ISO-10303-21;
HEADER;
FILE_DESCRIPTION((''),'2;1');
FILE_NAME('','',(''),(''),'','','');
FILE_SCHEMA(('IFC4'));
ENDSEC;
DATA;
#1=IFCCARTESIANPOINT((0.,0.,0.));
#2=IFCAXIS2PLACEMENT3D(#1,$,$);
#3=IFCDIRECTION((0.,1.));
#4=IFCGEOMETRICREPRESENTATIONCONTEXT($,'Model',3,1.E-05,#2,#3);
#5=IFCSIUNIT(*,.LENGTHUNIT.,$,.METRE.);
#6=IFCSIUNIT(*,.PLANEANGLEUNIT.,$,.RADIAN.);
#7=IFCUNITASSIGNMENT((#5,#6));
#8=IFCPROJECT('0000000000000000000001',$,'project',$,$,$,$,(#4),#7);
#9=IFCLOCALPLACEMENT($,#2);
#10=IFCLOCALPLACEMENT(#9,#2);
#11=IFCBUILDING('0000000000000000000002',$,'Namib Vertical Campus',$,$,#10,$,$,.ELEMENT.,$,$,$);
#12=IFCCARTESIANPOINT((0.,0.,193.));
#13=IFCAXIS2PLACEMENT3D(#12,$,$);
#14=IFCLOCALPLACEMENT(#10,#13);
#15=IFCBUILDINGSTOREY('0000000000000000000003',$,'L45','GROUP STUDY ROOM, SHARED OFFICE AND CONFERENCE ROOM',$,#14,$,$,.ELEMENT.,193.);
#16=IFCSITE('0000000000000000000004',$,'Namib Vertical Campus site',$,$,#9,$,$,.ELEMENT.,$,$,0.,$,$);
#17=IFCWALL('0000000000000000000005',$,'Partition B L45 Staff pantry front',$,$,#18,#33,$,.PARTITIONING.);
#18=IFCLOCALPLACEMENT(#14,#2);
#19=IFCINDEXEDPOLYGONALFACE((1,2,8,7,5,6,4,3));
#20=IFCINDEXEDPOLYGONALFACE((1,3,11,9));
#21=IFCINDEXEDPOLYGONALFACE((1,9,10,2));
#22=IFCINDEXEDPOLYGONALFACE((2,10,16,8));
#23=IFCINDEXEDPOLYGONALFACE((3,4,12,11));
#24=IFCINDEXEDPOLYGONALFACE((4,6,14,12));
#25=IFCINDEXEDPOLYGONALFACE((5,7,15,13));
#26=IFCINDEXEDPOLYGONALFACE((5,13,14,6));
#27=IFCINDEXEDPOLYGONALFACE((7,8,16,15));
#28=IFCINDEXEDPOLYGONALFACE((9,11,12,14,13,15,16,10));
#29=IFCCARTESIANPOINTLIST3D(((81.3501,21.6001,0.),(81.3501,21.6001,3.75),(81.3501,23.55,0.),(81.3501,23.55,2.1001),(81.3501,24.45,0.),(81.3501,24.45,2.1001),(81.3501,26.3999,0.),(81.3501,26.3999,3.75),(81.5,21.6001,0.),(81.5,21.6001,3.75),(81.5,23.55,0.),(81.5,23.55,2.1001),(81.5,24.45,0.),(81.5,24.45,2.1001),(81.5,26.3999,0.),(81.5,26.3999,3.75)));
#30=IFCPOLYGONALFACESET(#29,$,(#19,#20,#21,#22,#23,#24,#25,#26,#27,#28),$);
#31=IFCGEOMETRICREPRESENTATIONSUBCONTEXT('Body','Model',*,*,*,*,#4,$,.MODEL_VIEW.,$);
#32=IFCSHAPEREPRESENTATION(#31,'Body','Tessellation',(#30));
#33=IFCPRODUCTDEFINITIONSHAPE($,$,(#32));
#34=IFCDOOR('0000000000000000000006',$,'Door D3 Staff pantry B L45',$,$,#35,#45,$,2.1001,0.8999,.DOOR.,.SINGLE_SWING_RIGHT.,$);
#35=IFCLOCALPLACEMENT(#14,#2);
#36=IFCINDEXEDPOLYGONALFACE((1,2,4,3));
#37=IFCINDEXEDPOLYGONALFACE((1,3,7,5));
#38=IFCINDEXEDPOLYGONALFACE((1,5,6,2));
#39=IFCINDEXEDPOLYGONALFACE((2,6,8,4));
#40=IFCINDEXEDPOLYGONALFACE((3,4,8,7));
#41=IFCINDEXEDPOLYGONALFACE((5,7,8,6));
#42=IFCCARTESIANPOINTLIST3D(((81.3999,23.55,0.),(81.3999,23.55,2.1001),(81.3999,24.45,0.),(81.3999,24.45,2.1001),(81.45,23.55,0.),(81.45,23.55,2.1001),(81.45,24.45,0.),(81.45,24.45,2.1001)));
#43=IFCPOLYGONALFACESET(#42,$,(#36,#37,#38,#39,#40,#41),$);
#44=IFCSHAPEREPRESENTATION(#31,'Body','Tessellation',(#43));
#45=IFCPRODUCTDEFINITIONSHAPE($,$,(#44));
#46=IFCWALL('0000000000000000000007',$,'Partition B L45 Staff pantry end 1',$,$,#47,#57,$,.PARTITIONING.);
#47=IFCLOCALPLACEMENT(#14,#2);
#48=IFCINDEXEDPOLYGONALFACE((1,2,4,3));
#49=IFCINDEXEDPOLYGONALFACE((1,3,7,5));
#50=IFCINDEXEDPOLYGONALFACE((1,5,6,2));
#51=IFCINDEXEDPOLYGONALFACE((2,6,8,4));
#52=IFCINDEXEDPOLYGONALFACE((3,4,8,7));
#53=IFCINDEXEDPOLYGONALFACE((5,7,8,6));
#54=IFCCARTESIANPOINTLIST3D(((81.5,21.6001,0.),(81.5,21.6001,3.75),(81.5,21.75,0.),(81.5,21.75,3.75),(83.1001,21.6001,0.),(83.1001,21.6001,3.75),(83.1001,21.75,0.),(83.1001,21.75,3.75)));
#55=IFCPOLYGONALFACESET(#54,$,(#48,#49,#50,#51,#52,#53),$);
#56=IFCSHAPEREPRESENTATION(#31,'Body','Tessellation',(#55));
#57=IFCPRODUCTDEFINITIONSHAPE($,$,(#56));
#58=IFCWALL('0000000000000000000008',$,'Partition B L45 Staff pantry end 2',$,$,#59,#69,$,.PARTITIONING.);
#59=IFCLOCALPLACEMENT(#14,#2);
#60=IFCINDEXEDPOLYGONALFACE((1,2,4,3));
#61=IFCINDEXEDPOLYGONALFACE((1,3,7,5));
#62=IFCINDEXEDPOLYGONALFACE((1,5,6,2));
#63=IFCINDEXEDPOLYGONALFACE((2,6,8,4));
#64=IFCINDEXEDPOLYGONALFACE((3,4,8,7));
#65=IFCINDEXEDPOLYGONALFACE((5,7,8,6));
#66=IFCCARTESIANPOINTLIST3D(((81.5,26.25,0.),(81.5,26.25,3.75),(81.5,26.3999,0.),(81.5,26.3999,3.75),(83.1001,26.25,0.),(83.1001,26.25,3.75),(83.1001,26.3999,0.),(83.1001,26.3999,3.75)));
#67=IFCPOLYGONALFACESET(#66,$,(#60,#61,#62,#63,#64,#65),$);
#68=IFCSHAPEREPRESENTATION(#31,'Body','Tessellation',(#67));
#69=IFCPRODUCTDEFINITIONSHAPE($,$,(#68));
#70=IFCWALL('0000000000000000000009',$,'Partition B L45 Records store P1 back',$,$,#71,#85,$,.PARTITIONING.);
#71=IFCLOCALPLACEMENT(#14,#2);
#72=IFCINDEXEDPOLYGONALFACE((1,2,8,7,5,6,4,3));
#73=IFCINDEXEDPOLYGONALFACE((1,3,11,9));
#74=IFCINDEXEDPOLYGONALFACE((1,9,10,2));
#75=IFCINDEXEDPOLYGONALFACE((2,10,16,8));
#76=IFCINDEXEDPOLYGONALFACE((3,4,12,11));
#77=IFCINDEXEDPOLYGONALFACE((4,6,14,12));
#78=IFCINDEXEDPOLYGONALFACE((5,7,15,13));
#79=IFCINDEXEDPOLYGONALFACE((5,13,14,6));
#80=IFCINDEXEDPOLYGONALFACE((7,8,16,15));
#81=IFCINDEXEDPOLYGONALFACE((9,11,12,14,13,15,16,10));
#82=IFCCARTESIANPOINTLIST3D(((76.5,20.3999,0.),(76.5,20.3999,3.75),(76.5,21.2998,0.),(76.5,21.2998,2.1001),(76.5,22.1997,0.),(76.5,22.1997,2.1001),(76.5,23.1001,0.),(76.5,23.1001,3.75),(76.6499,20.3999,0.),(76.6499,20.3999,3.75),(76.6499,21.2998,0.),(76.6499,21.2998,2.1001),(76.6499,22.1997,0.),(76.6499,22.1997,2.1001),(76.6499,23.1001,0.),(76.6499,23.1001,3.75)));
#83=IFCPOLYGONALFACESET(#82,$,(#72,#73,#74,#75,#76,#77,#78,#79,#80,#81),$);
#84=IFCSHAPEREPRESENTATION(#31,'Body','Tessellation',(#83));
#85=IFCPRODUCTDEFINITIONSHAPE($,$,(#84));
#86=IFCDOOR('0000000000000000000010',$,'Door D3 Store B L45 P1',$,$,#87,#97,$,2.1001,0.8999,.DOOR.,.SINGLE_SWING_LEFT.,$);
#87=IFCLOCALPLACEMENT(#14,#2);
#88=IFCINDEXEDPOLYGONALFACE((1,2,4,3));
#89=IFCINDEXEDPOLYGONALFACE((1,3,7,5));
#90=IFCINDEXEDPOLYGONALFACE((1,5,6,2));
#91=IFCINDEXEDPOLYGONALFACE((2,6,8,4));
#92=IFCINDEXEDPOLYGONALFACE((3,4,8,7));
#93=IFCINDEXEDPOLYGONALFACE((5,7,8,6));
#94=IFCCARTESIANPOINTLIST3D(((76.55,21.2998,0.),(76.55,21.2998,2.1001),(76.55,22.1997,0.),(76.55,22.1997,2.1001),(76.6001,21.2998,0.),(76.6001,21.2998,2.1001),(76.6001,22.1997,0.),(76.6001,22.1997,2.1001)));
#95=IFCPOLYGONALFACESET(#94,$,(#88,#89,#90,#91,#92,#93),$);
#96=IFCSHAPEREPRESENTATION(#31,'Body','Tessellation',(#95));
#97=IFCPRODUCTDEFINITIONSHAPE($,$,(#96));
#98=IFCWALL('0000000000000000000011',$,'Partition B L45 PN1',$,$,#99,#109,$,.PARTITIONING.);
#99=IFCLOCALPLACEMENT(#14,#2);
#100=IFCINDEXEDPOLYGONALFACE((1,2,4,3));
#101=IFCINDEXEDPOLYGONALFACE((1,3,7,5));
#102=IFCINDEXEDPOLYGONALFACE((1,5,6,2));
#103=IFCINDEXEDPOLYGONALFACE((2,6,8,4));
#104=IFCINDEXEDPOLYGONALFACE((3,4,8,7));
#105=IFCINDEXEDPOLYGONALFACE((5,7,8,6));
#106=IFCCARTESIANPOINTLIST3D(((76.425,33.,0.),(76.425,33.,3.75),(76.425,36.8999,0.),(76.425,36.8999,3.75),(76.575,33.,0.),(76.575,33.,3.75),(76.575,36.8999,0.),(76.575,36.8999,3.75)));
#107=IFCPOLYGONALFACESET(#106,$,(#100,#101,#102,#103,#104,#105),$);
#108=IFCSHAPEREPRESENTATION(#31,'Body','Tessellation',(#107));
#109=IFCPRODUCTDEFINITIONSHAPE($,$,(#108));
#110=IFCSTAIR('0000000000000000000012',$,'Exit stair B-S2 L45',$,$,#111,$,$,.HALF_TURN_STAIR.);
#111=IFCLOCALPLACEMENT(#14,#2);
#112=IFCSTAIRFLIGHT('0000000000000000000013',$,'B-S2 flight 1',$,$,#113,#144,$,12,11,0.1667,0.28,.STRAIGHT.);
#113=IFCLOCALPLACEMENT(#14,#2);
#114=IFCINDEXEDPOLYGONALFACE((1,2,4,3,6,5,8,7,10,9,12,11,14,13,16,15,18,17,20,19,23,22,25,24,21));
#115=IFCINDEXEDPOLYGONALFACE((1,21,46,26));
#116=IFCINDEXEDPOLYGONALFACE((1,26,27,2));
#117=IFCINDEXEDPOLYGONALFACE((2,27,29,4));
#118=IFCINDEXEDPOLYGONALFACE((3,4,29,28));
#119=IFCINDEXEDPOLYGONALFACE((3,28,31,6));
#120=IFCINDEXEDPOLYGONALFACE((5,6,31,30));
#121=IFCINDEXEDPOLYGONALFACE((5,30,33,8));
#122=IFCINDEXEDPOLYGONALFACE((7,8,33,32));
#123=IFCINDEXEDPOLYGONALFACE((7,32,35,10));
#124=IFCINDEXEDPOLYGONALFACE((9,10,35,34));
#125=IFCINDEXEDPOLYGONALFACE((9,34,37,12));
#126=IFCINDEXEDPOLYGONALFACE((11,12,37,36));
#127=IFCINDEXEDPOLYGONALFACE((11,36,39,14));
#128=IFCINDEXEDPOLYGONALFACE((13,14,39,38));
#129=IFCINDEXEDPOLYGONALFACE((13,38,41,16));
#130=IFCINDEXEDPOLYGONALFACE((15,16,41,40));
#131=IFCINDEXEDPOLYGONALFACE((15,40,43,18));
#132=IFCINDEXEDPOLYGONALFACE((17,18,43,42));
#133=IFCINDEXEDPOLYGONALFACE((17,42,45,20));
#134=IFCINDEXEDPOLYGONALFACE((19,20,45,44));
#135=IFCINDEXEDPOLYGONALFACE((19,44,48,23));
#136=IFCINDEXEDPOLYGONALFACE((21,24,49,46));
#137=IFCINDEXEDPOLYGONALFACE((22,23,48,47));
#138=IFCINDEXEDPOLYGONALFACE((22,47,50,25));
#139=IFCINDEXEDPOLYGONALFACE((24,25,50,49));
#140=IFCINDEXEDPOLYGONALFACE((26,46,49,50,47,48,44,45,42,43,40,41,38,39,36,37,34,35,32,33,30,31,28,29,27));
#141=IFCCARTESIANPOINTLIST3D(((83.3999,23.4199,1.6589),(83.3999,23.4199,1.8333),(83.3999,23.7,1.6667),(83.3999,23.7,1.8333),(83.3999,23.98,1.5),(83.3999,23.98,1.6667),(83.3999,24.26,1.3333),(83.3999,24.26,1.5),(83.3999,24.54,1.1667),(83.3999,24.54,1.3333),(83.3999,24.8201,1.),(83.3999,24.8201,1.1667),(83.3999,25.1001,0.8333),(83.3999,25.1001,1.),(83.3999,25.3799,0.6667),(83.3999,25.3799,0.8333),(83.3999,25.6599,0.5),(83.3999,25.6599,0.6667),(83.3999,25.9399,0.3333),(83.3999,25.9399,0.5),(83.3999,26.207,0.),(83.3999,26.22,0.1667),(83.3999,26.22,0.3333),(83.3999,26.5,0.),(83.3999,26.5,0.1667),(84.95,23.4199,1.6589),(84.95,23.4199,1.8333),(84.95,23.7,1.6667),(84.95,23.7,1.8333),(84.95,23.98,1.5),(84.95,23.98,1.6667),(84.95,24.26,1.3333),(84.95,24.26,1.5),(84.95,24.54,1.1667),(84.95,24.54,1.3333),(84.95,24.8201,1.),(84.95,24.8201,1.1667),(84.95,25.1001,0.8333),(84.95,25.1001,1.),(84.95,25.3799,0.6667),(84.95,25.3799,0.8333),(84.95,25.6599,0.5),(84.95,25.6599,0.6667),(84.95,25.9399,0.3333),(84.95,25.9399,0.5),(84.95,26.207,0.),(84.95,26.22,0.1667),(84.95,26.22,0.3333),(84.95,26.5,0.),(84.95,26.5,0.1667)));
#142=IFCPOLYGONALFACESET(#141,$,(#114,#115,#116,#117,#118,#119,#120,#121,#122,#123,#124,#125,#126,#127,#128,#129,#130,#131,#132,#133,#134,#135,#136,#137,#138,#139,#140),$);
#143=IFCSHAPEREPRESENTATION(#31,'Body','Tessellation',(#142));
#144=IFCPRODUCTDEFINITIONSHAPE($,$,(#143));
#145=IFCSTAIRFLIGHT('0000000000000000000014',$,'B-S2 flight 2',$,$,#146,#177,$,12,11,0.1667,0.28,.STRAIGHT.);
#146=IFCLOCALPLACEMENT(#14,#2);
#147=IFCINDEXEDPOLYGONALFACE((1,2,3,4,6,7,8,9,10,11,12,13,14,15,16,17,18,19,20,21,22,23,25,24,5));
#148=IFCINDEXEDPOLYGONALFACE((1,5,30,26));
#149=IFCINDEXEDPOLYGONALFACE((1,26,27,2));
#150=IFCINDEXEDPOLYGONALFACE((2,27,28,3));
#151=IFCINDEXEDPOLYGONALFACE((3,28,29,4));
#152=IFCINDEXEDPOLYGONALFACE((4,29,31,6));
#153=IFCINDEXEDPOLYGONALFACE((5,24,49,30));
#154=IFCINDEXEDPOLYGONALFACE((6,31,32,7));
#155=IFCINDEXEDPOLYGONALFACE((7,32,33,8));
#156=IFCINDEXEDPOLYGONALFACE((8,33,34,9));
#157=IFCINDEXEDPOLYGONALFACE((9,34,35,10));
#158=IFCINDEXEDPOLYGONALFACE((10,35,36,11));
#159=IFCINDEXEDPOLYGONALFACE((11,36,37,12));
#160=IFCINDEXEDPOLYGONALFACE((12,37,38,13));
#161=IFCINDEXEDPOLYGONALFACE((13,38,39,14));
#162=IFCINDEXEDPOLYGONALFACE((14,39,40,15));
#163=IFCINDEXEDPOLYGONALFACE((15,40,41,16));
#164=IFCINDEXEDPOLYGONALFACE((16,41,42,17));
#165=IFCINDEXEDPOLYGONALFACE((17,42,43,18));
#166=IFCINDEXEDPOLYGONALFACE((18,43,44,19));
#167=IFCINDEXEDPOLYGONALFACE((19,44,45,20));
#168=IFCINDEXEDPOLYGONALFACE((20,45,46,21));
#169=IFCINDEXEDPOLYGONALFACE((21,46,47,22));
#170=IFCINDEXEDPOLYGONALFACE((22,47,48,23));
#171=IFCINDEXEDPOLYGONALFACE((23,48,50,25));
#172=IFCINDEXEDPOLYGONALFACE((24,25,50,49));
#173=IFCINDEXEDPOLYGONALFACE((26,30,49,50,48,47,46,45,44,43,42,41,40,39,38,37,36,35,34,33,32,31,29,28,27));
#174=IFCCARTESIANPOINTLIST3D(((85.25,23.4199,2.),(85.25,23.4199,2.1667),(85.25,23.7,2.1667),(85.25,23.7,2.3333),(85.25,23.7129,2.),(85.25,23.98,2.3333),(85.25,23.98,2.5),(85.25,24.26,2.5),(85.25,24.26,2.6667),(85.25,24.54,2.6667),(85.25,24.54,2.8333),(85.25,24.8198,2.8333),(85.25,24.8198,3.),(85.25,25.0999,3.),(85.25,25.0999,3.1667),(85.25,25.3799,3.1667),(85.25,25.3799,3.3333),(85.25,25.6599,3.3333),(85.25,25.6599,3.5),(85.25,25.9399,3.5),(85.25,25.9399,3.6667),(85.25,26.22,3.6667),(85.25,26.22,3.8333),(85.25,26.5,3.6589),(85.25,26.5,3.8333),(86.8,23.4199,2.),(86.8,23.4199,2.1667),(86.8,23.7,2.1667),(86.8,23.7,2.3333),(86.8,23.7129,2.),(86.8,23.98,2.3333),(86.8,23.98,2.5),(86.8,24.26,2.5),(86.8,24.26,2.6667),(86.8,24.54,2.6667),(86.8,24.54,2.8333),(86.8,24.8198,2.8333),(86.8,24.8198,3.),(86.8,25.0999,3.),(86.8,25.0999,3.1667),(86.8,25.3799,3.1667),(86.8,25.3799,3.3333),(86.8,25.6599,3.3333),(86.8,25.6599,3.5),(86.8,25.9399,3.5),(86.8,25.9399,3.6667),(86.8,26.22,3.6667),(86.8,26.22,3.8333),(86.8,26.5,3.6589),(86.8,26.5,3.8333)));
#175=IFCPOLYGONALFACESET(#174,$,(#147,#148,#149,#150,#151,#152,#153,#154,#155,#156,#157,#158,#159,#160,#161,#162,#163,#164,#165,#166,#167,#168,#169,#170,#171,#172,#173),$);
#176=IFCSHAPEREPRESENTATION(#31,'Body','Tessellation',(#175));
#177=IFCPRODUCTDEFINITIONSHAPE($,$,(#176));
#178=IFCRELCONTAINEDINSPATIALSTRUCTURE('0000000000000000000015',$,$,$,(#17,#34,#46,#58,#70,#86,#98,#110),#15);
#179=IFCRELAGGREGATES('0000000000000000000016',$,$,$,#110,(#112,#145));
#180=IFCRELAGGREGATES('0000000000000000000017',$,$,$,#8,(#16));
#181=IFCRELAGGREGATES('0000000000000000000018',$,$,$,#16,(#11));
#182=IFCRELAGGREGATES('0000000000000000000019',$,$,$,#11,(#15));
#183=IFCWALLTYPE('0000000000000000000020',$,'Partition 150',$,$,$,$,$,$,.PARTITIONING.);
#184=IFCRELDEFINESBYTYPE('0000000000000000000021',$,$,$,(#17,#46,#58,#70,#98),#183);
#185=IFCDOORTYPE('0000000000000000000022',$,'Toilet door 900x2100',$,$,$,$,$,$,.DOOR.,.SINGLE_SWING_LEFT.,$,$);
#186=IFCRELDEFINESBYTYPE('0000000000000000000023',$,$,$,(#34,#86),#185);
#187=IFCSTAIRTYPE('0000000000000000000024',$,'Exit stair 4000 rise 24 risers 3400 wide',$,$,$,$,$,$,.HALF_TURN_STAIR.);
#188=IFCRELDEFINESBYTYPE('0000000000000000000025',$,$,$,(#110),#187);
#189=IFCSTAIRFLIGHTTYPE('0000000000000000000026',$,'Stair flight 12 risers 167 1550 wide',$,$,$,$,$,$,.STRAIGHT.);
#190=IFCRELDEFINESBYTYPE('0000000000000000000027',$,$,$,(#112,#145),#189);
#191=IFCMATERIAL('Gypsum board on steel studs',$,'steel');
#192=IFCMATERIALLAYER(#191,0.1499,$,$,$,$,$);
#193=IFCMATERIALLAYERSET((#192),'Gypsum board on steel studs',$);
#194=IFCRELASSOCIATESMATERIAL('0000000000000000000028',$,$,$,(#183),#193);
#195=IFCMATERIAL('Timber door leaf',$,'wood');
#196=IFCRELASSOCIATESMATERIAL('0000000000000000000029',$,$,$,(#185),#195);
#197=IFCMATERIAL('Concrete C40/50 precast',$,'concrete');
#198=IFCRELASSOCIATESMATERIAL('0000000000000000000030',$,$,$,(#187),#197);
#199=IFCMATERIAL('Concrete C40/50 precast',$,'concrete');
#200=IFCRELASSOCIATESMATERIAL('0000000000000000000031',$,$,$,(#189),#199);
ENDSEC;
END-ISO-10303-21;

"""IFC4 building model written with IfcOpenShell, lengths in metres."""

from ifc_helpers import new_model, si_unit, direction, frame, frame_2d, origin, place, context, subcontext, project, spatial, polyline, rectangle, outline, extrude, material, layer, layer_set, type_object, element, fill, aggregate, save


model = new_model("IFC4")

# Units and contexts
model_context = context("Model", 3, precision=1e-05, world=origin(), true_north=direction((0.0, 1.0)))
body_context = subcontext(model_context, "Body", "Model", "MODEL_VIEW")
ifc_project = project(units=[si_unit("LENGTHUNIT", "METRE"), si_unit("PLANEANGLEUNIT", "RADIAN")], contexts=[model_context])

# Site, building, storey
site_placement = place(None, origin())
site = spatial("IfcSite", under=ifc_project, at=site_placement, Name="Namib Vertical Campus site", CompositionType="ELEMENT", RefElevation=0.0)
building_placement = place(site_placement, origin())
building = spatial("IfcBuilding", under=site, at=building_placement, Name="Namib Vertical Campus", CompositionType="ELEMENT")
storey_placement = place(building_placement, frame((0.0, 0.0, 193.0)))
storey = spatial("IfcBuildingStorey", under=building, at=storey_placement, Name="L45", Description="GROUP STUDY ROOM, SHARED OFFICE AND CONFERENCE ROOM", CompositionType="ELEMENT", Elevation=193.0)

# Wall, opening, door
ifc_material_1 = material(Name="Gypsum board on steel studs", Category="steel")
ifc_layer_1 = layer(ifc_material_1, 0.1499)
ifc_layer_set_1 = layer_set([ifc_layer_1], Name="Gypsum board on steel studs")
wall_type_1 = type_object("IfcWallType", Name="Partition 150", PredefinedType="PARTITIONING", material=ifc_layer_set_1)
wall_1_placement = place(storey_placement, frame((81.425, 21.6001, 0.0), z_axis=(0.0, 0.0, 1.0), x_axis=(0.0, 1.0, 0.0)))
wall_1 = element("IfcWall", 1, at=wall_1_placement, inside=storey, type_object=wall_type_1, Name="Partition B L45 Staff pantry front", PredefinedType="PARTITIONING", context=body_context, shape_type="SweptSolid", body=[
    extrude(rectangle(XDim=4.7998, YDim=0.1499, at=frame_2d((2.3999, 0.0))), origin(), (0.0, 0.0, 1.0), 3.75),
])
opening_1_placement = place(wall_1_placement, frame((1.95, 0.0, 0.0)))
opening_1 = element("IfcOpeningElement", 2, at=opening_1_placement, cuts=wall_1, PredefinedType="OPENING", context=body_context, shape_type="SweptSolid", body=[
    extrude(rectangle(XDim=0.8999, YDim=2.1001, at=frame_2d((0.45, 1.05))), frame((0.0, 0.085, 0.0), z_axis=(0.0, -1.0, 0.0), x_axis=(1.0, 0.0, 0.0)), (0.0, 0.0, 1.0), 0.1699),
])
ifc_material_2 = material(Name="Timber door leaf", Category="wood")
door_type_1 = type_object("IfcDoorType", Name="Toilet door 900x2100", OperationType="SINGLE_SWING_LEFT", PredefinedType="DOOR", material=ifc_material_2)
door_1_placement = place(opening_1_placement, frame((0.8999, 0.0, 0.0), z_axis=(0.0, 0.0, 1.0), x_axis=(-1.0, 0.0, 0.0)))
door_1 = element("IfcDoor", 3, at=door_1_placement, inside=storey, type_object=door_type_1, Name="Door D3 Staff pantry B L45", OperationType="SINGLE_SWING_RIGHT", OverallHeight=2.1001, OverallWidth=0.8999, PredefinedType="DOOR", context=body_context, shape_type="SweptSolid", body=[
    extrude(rectangle(XDim=0.8999, YDim=2.1001, at=frame_2d((0.45, 1.05))), frame((0.0, 0.0249, 0.0), z_axis=(0.0, -1.0, 0.0), x_axis=(1.0, 0.0, 0.0)), (0.0, 0.0, 1.0), 0.05),
])
fill(opening_1, door_1)

# Walls
for number, where, z_axis, x_axis, name in (
    (4, (81.5, 21.675, 0.0), (0.0, 0.0, 1.0), (1.0, 0.0, 0.0), "Partition B L45 Staff pantry end 1"),
    (5, (81.5, 26.325, 0.0), (0.0, 0.0, 1.0), (1.0, 0.0, 0.0), "Partition B L45 Staff pantry end 2"),
):
    element("IfcWall", number, at=place(storey_placement, frame(where, z_axis=z_axis, x_axis=x_axis)), inside=storey, type_object=wall_type_1, Name=name, PredefinedType="PARTITIONING", context=body_context, shape_type="SweptSolid", body=[
        extrude(rectangle(XDim=1.6001, YDim=0.1499, at=frame_2d((0.8, 0.0))), origin(), (0.0, 0.0, 1.0), 3.75),
    ])

# Wall, opening, door
wall_2_placement = place(storey_placement, frame((76.575, 20.3999, 0.0), z_axis=(0.0, 0.0, 1.0), x_axis=(0.0, 1.0, 0.0)))
wall_2 = element("IfcWall", 6, at=wall_2_placement, inside=storey, type_object=wall_type_1, Name="Partition B L45 Records store P1 back", PredefinedType="PARTITIONING", context=body_context, shape_type="SweptSolid", body=[
    extrude(rectangle(XDim=2.7002, YDim=0.1499, at=frame_2d((1.3501, 0.0))), origin(), (0.0, 0.0, 1.0), 3.75),
])
opening_2_placement = place(wall_2_placement, frame((0.8999, 0.0, 0.0)))
opening_2 = element("IfcOpeningElement", 7, at=opening_2_placement, cuts=wall_2, PredefinedType="OPENING", context=body_context, shape_type="SweptSolid", body=[
    extrude(rectangle(XDim=0.8999, YDim=2.1001, at=frame_2d((0.45, 1.05))), frame((0.0, 0.085, 0.0), z_axis=(0.0, -1.0, 0.0), x_axis=(1.0, 0.0, 0.0)), (0.0, 0.0, 1.0), 0.1699),
])
door_2_placement = place(opening_2_placement, origin())
door_2 = element("IfcDoor", 8, at=door_2_placement, inside=storey, type_object=door_type_1, Name="Door D3 Store B L45 P1", OperationType="SINGLE_SWING_LEFT", OverallHeight=2.1001, OverallWidth=0.8999, PredefinedType="DOOR", context=body_context, shape_type="SweptSolid", body=[
    extrude(rectangle(XDim=0.8999, YDim=2.1001, at=frame_2d((0.45, 1.05))), frame((0.0, 0.0249, 0.0), z_axis=(0.0, -1.0, 0.0), x_axis=(1.0, 0.0, 0.0)), (0.0, 0.0, 1.0), 0.05),
])
fill(opening_2, door_2)

# Wall
wall_3_placement = place(storey_placement, frame((76.5, 33.0, 0.0), z_axis=(0.0, 0.0, 1.0), x_axis=(0.0, 1.0, 0.0)))
element("IfcWall", 9, at=wall_3_placement, inside=storey, type_object=wall_type_1, Name="Partition B L45 PN1", PredefinedType="PARTITIONING", context=body_context, shape_type="SweptSolid", body=[
    extrude(rectangle(XDim=3.8999, YDim=0.1499, at=frame_2d((1.95, 0.0))), origin(), (0.0, 0.0, 1.0), 3.75),
])

# Stair, stair flights
ifc_material_3 = material(Name="Concrete C40/50 precast", Category="concrete")
stair_type = type_object("IfcStairType", Name="Exit stair 4000 rise 24 risers 3400 wide", PredefinedType="HALF_TURN_STAIR", material=ifc_material_3)
stair_placement = place(storey_placement, origin())
stair = element("IfcStair", 10, at=stair_placement, inside=storey, type_object=stair_type, Name="Exit stair B-S2 L45", PredefinedType="HALF_TURN_STAIR")
ifc_material_4 = material(Name="Concrete C40/50 precast", Category="concrete")
stair_flight_type = type_object("IfcStairFlightType", Name="Stair flight 12 risers 167 1550 wide", PredefinedType="STRAIGHT", material=ifc_material_4)
stair_flight_1_placement = place(storey_placement, frame((84.175, 26.5, 0.0), z_axis=(0.0, 0.0, 1.0), x_axis=(0.0, -1.0, 0.0)))
stair_flight_1 = element("IfcStairFlight", 11, at=stair_flight_1_placement, type_object=stair_flight_type, Name="B-S2 flight 1", NumberOfRisers=12, NumberOfTreads=11, PredefinedType="STRAIGHT", RiserHeight=0.1667, TreadLength=0.28, context=body_context, shape_type="SweptSolid", body=[
    extrude(outline(polyline([(0.0, 0.0), (0.0, 0.1667), (0.28, 0.1667), (0.28, 0.3333), (0.5601, 0.3333), (0.5601, 0.5), (0.8401, 0.5), (0.8401, 0.6667), (1.1201, 0.6667), (1.1201, 0.8333), (1.3999, 0.8333), (1.3999, 1.0), (1.6799, 1.0), (1.6799, 1.1667), (1.96, 1.1667), (1.96, 1.3333), (2.24, 1.3333), (2.24, 1.5), (2.52, 1.5), (2.52, 1.6667), (2.8, 1.6667), (2.8, 1.8333), (3.0801, 1.8333), (3.0801, 2.0), (3.0801, 1.6589), (0.293, 0.0), (0.0, 0.0)])), frame((0.0, 0.7749, 0.0), z_axis=(0.0, -1.0, 0.0), x_axis=(1.0, 0.0, 0.0)), (0.0, 0.0, 1.0), 1.55),
])
stair_flight_2_placement = place(storey_placement, frame((86.0249, 23.4199, 2.0), z_axis=(0.0, 0.0, 1.0), x_axis=(0.0, 1.0, 0.0)))
stair_flight_2 = element("IfcStairFlight", 12, at=stair_flight_2_placement, type_object=stair_flight_type, Name="B-S2 flight 2", NumberOfRisers=12, NumberOfTreads=11, PredefinedType="STRAIGHT", RiserHeight=0.1667, TreadLength=0.28, context=body_context, shape_type="SweptSolid", body=[
    extrude(outline(polyline([(0.0, 0.0), (0.0, 0.1667), (0.28, 0.1667), (0.28, 0.3333), (0.5601, 0.3333), (0.5601, 0.5), (0.8401, 0.5), (0.8401, 0.6667), (1.1201, 0.6667), (1.1201, 0.8333), (1.3999, 0.8333), (1.3999, 1.0), (1.6799, 1.0), (1.6799, 1.1667), (1.96, 1.1667), (1.96, 1.3333), (2.24, 1.3333), (2.24, 1.5), (2.52, 1.5), (2.52, 1.6667), (2.8, 1.6667), (2.8, 1.8333), (3.0801, 1.8333), (3.0801, 2.0), (3.0801, 1.6589), (0.293, 0.0), (0.0, 0.0)])), frame((0.0, 0.7749, 0.0), z_axis=(0.0, -1.0, 0.0), x_axis=(1.0, 0.0, 0.0)), (0.0, 0.0, 1.0), 1.55),
])
aggregate(stair, [stair_flight_1, stair_flight_2])

save(model, "model.ifc")
